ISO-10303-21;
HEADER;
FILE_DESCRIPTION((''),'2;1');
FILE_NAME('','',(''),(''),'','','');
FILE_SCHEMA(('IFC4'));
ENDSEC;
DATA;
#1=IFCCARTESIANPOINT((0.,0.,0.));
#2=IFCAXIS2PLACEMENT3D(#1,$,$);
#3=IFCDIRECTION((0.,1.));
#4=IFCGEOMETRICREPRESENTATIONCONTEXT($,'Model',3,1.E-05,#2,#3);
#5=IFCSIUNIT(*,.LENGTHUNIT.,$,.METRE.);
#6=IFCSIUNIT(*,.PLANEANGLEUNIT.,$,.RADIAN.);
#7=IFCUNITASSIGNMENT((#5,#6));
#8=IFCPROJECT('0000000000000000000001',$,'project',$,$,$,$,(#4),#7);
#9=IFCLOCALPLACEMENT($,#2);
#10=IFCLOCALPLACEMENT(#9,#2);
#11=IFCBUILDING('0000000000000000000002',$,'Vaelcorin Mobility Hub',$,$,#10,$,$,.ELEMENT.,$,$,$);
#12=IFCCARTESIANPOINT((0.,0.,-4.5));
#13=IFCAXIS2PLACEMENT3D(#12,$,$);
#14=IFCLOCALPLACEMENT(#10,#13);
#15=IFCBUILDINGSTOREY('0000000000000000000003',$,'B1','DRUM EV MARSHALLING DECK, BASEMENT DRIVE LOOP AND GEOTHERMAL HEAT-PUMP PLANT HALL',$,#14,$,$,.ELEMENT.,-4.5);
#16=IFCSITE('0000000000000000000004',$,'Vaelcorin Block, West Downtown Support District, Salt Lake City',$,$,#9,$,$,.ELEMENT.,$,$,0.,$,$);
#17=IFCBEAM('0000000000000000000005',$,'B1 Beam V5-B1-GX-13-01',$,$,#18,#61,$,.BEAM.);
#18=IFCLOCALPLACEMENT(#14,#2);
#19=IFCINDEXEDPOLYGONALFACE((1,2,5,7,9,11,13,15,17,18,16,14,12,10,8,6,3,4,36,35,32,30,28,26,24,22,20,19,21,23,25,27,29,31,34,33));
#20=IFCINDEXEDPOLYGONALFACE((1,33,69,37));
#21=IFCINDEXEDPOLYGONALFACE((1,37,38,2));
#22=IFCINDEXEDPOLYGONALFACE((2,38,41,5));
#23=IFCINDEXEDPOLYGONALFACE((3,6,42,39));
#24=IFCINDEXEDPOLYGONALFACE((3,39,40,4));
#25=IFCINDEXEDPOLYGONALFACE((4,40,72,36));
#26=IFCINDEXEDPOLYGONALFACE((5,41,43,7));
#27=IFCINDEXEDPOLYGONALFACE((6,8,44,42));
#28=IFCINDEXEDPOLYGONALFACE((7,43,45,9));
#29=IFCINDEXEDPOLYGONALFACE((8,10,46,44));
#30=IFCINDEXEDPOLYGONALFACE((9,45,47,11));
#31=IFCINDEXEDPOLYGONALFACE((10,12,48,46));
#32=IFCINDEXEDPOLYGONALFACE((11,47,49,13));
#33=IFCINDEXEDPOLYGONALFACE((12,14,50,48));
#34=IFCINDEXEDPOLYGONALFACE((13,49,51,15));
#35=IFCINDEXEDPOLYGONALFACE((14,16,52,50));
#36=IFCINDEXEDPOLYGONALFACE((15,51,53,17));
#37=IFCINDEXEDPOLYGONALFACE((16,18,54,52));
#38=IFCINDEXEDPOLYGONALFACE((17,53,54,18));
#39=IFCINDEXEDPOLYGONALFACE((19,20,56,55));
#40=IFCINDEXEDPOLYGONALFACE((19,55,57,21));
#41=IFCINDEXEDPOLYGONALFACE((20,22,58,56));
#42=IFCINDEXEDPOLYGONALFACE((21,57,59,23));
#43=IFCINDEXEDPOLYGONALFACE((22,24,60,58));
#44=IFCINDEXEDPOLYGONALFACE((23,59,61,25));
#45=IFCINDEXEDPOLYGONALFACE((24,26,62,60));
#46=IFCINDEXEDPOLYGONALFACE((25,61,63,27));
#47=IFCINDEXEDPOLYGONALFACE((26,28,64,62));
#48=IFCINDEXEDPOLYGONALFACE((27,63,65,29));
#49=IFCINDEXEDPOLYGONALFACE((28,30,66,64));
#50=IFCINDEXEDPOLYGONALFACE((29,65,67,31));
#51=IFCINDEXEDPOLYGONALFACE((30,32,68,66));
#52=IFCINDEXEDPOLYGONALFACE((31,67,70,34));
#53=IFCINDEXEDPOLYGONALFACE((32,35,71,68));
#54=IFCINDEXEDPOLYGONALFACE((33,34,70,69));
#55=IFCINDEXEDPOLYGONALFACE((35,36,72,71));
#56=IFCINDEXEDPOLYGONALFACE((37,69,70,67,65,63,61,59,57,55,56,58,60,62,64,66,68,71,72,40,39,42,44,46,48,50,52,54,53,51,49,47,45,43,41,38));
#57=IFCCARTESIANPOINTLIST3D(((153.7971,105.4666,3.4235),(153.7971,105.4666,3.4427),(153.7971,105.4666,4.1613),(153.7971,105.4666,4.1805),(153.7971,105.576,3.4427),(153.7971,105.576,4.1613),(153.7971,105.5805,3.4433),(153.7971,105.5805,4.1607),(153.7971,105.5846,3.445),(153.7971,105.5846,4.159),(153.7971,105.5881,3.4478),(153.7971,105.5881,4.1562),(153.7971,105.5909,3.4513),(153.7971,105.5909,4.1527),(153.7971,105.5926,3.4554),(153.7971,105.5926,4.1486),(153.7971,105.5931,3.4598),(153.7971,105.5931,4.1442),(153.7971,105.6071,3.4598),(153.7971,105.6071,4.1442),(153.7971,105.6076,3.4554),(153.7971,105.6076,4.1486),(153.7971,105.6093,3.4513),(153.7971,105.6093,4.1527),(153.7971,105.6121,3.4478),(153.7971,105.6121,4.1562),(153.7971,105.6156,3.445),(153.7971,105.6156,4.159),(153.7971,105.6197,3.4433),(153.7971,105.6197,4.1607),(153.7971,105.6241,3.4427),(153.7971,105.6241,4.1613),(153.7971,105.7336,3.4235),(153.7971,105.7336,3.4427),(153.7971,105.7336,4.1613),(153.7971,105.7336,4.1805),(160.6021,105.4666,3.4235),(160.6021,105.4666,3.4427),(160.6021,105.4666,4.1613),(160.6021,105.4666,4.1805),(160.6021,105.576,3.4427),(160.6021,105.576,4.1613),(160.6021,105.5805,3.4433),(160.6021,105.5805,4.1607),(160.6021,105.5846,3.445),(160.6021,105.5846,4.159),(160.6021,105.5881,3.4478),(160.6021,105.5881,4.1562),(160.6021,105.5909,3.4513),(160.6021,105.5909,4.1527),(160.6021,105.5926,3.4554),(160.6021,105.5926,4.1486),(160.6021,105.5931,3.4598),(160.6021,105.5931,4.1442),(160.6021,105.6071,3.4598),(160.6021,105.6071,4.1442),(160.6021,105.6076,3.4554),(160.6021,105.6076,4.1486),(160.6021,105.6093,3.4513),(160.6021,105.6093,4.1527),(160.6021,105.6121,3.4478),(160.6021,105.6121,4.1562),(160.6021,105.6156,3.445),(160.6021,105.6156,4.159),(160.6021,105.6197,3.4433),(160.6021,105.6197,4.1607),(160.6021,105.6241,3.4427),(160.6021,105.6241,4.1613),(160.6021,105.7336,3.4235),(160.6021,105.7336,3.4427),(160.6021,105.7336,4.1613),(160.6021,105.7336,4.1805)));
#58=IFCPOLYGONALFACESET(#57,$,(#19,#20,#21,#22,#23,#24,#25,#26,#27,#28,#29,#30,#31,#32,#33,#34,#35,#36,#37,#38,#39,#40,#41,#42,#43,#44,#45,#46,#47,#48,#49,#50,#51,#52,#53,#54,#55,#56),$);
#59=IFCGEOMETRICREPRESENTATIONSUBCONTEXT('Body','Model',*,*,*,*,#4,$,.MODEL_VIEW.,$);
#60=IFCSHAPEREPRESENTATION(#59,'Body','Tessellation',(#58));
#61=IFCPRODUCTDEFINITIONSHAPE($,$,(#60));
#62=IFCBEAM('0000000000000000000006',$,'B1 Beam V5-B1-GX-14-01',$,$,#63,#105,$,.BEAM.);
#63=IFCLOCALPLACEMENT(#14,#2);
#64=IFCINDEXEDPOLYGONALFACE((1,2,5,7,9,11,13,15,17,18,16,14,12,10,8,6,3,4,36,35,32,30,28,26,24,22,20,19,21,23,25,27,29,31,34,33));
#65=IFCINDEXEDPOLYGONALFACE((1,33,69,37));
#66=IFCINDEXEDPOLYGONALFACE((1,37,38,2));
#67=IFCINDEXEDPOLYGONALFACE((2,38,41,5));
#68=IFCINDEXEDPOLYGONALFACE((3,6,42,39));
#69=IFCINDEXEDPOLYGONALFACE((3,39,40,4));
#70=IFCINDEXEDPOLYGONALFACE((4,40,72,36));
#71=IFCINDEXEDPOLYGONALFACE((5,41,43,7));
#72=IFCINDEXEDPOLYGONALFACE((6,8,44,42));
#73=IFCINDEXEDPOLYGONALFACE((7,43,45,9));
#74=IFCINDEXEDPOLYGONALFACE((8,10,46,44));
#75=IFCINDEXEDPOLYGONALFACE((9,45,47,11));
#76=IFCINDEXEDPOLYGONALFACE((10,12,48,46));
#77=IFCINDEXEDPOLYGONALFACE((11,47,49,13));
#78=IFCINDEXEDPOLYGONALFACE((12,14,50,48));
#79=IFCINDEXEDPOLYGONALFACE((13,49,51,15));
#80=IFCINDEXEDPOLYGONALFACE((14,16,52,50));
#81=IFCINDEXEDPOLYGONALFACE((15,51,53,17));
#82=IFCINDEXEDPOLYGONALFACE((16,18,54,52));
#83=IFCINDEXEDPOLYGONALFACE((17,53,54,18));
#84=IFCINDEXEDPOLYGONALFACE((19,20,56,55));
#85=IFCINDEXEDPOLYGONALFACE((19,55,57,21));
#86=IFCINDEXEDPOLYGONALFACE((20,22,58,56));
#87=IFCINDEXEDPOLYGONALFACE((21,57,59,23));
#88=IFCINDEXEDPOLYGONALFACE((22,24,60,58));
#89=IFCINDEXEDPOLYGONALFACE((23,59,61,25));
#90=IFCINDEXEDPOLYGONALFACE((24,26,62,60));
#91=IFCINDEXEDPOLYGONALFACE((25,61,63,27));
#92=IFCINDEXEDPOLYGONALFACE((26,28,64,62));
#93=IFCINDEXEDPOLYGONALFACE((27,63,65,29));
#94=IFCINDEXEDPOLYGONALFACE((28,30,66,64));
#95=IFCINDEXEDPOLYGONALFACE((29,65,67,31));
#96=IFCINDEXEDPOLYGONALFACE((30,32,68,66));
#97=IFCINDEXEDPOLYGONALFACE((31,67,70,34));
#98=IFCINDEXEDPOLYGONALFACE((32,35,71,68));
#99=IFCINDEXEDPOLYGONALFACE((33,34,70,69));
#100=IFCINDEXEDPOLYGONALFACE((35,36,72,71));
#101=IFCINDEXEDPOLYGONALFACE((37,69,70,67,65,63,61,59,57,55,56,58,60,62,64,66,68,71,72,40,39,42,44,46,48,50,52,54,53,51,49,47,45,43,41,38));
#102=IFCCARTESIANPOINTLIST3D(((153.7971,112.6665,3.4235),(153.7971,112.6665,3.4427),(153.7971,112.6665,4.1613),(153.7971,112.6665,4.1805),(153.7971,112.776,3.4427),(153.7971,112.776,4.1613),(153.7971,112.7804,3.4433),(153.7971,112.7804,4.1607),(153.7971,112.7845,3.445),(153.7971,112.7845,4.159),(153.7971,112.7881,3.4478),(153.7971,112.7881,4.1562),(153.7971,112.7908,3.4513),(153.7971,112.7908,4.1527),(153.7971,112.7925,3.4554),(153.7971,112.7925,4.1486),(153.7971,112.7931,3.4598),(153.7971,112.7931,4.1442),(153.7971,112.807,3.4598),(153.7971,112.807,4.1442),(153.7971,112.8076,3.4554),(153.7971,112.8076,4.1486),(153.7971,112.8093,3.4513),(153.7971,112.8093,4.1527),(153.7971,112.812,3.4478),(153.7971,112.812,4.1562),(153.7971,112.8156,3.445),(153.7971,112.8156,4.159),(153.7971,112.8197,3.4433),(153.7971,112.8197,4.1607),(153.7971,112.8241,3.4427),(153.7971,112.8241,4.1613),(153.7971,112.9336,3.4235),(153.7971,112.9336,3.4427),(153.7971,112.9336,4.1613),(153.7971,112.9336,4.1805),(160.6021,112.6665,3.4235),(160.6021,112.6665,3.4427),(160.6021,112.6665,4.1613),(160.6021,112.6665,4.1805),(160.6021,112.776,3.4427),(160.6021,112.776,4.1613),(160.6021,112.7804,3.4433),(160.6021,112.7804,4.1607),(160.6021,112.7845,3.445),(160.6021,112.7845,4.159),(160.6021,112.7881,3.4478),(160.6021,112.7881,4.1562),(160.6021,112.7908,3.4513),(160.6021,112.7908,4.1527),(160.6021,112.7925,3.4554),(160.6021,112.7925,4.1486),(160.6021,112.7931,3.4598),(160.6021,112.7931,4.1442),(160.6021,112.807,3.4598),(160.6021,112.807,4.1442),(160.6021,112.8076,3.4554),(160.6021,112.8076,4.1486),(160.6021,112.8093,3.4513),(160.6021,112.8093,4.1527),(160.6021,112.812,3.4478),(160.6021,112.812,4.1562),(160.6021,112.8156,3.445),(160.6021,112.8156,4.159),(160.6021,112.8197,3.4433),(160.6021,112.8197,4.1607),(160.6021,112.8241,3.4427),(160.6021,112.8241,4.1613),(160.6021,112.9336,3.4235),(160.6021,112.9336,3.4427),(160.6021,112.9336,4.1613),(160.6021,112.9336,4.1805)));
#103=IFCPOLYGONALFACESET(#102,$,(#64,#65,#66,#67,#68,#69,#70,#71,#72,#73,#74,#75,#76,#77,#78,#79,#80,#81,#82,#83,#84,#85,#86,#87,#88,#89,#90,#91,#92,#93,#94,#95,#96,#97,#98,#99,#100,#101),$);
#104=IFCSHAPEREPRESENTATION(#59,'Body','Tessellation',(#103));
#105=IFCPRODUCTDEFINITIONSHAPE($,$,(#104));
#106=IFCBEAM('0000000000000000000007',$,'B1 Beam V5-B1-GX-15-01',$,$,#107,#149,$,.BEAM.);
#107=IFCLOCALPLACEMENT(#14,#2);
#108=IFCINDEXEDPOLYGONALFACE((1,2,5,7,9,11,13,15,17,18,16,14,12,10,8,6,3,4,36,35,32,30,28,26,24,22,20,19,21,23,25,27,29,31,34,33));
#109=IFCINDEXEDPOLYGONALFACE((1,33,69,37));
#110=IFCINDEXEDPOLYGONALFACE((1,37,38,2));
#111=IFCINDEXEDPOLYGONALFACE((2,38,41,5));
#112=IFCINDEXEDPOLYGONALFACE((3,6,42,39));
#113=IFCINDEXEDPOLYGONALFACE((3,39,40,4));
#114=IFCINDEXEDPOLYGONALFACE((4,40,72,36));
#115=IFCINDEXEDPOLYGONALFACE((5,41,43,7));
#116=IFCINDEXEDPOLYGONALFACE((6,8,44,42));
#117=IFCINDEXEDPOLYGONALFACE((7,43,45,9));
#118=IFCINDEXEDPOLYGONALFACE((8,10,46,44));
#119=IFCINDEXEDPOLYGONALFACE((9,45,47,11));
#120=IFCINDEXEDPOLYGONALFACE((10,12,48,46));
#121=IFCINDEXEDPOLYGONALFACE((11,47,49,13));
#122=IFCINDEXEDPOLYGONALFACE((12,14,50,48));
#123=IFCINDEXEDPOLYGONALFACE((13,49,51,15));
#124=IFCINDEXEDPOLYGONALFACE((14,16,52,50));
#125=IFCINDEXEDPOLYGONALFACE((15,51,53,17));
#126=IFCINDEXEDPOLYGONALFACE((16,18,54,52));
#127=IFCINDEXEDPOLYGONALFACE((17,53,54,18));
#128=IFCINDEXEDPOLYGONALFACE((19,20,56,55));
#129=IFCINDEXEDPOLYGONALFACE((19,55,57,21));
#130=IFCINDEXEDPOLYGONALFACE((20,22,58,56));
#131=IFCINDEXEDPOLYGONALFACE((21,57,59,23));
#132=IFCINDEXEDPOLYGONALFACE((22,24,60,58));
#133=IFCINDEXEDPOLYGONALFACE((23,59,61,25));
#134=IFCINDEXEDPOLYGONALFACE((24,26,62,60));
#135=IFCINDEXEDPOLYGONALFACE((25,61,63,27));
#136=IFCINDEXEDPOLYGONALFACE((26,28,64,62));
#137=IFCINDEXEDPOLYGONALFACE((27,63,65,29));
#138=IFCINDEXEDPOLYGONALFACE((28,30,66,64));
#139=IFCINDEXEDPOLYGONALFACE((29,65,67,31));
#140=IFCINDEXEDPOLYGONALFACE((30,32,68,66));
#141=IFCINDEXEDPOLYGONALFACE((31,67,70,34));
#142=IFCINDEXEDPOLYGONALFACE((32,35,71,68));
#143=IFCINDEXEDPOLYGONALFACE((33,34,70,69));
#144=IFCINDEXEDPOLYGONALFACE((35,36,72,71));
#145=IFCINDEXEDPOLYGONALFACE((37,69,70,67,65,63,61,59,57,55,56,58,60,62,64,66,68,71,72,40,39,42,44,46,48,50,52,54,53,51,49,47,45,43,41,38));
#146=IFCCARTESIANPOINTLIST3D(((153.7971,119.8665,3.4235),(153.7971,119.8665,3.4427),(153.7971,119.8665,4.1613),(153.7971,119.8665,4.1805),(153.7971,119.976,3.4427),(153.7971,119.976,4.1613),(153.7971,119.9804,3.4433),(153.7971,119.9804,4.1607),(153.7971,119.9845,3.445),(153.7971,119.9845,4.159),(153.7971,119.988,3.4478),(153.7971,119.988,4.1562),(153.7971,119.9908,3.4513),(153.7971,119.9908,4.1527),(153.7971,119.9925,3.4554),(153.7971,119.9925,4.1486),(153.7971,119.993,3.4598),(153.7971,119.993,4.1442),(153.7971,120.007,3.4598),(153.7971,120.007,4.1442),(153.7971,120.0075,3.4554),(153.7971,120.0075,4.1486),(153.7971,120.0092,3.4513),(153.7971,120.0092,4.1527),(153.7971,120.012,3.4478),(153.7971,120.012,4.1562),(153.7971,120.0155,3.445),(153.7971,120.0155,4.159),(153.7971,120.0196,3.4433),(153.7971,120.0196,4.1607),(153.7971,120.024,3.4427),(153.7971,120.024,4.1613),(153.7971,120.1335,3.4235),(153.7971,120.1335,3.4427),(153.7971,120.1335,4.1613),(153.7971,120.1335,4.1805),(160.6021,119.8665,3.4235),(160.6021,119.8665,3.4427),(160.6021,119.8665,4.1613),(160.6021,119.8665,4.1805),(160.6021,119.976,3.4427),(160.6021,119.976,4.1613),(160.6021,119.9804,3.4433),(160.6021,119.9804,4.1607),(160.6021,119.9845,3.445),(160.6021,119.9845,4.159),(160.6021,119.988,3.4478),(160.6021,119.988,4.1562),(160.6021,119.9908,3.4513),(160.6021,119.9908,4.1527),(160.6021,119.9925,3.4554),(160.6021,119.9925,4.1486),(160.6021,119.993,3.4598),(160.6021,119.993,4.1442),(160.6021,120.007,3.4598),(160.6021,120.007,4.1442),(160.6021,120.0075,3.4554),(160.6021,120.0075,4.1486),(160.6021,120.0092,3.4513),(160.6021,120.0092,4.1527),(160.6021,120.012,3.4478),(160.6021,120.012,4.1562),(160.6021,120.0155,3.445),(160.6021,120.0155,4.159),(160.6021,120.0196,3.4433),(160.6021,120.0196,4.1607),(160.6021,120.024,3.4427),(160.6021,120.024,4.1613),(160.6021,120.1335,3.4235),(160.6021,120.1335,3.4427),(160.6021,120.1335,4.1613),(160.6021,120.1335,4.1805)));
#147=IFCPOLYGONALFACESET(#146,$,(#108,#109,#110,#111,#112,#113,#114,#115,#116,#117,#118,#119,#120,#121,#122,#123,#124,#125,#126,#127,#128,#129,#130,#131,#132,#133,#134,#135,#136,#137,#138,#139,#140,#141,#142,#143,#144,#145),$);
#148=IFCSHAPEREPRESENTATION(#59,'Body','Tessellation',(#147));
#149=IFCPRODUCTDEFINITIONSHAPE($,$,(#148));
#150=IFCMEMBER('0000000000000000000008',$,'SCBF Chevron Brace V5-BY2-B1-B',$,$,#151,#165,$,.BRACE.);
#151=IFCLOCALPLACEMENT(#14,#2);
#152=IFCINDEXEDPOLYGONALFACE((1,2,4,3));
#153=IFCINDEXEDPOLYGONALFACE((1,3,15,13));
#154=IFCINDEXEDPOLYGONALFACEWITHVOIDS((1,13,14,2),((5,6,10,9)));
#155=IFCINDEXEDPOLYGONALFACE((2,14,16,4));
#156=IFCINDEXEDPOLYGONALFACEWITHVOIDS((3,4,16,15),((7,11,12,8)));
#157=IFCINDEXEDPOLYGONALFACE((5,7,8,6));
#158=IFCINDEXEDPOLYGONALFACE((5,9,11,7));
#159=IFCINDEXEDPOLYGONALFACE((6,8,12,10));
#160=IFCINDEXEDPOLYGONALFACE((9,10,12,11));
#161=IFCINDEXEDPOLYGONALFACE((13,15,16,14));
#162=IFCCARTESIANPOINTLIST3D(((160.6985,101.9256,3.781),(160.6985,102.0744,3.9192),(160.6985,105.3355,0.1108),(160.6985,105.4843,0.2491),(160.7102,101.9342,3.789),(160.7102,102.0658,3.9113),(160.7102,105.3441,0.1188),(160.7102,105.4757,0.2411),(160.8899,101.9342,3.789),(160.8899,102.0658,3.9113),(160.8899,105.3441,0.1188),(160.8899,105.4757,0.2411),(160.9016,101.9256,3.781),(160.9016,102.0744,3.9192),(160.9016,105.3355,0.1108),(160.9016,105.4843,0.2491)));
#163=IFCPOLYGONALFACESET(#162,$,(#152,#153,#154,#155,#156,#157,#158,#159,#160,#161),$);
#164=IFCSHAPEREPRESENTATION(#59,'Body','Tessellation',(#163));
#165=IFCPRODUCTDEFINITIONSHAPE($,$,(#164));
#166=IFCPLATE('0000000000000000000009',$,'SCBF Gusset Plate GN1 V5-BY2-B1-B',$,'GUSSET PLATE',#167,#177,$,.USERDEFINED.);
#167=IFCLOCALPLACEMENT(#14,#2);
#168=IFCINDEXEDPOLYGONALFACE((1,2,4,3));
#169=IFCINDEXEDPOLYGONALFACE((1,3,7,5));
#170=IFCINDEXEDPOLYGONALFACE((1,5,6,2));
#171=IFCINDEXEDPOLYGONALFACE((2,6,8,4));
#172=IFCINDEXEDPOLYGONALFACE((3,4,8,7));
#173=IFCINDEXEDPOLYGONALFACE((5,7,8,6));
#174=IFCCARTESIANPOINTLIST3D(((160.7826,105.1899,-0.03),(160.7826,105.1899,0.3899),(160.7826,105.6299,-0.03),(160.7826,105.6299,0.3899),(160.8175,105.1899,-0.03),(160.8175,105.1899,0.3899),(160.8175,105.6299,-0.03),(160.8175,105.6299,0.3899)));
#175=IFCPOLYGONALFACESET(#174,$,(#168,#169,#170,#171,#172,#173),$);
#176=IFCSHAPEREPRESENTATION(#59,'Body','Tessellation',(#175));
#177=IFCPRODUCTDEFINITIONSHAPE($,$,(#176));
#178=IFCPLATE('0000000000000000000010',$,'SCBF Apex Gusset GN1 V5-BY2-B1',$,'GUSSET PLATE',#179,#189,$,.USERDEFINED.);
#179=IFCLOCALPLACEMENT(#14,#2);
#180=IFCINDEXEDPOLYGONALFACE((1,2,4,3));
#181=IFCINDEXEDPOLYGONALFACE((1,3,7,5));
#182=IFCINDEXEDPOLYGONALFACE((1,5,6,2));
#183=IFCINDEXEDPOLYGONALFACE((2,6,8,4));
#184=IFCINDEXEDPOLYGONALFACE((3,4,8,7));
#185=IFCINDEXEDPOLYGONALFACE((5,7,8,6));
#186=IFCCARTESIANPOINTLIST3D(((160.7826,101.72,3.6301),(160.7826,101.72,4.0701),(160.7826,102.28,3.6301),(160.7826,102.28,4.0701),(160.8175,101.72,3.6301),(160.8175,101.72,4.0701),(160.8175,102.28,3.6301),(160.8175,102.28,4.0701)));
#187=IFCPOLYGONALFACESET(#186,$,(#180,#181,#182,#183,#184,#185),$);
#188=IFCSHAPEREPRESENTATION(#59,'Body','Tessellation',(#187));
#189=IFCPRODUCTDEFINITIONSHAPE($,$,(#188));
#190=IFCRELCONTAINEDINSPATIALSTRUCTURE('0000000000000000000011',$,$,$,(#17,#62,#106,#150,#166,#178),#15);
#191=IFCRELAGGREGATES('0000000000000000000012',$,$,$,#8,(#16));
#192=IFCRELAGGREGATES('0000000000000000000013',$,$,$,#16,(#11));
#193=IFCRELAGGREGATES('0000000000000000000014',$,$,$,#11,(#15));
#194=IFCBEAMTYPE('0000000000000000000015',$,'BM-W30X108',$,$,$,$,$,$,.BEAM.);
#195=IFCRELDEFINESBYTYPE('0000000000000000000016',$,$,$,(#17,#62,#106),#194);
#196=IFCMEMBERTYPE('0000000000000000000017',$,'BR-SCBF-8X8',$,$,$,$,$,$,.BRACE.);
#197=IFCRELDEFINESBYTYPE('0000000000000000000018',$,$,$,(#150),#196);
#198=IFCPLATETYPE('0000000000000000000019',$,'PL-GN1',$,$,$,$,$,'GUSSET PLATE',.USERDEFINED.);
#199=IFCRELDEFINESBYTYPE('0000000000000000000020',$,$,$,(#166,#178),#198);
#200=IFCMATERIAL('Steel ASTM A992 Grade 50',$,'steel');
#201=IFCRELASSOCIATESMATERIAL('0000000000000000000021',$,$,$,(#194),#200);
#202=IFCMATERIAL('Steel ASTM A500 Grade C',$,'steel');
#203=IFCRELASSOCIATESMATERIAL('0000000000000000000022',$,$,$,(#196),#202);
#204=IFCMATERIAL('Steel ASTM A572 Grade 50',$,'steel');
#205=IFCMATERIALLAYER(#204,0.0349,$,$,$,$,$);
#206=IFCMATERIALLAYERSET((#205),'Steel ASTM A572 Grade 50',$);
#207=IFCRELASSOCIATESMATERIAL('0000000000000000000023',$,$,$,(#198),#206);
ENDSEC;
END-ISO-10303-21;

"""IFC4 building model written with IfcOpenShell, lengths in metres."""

from ifc_helpers import new_model, si_unit, direction, frame, origin, origin_2d, place, context, subcontext, project, spatial, rectangle, hollow_rectangle, i_section, extrude, material, layer, layer_set, material_profile, profile_set, type_object, element, save


model = new_model("IFC4")

# Units and contexts
model_context = context("Model", 3, precision=1e-05, world=origin(), true_north=direction((0.0, 1.0)))
body_context = subcontext(model_context, "Body", "Model", "MODEL_VIEW")
ifc_project = project(units=[si_unit("LENGTHUNIT", "METRE"), si_unit("PLANEANGLEUNIT", "RADIAN")], contexts=[model_context])

# Site, building, storey
site_placement = place(None, origin())
site = spatial("IfcSite", under=ifc_project, at=site_placement, Name="Vaelcorin Block, West Downtown Support District, Salt Lake City", CompositionType="ELEMENT", RefElevation=0.0)
building_placement = place(site_placement, origin())
building = spatial("IfcBuilding", under=site, at=building_placement, Name="Vaelcorin Mobility Hub", CompositionType="ELEMENT")
storey_placement = place(building_placement, frame((0.0, 0.0, -4.5)))
storey = spatial("IfcBuildingStorey", under=building, at=storey_placement, Name="B1", Description="DRUM EV MARSHALLING DECK, BASEMENT DRIVE LOOP AND GEOTHERMAL HEAT-PUMP PLANT HALL", CompositionType="ELEMENT", Elevation=-4.5)

# Shared definitions
ifc_material_1 = material(Name="Steel ASTM A992 Grade 50", Category="steel")

# Beams
ifc_material_profile_1 = material_profile(ifc_material_1, i_section(OverallWidth=0.2671, OverallDepth=0.7571, WebThickness=0.0139, FlangeThickness=0.0193, FilletRadius=0.0171, at=origin_2d()), Name="W30X108")
ifc_profile_set_1 = profile_set([ifc_material_profile_1], Name="Steel ASTM A992 Grade 50")
beam_type_1 = type_object("IfcBeamType", Name="BM-W30X108", PredefinedType="BEAM", material=ifc_profile_set_1)
for number, where, z_axis, x_axis, name in (
    (1, (153.7971, 105.6001, 3.802), (1.0, 0.0, 0.0), (0.0, 1.0, 0.0), "B1 Beam V5-B1-GX-13-01"),
    (2, (153.7971, 112.8, 3.802), (1.0, 0.0, 0.0), (0.0, 1.0, 0.0), "B1 Beam V5-B1-GX-14-01"),
    (3, (153.7971, 120.0, 3.802), (1.0, 0.0, 0.0), (0.0, 1.0, 0.0), "B1 Beam V5-B1-GX-15-01"),
):
    element("IfcBeam", number, at=place(storey_placement, frame(where, z_axis=z_axis, x_axis=x_axis)), inside=storey, type_object=beam_type_1, Name=name, PredefinedType="BEAM", context=body_context, shape_type="SweptSolid", body=[
        extrude(i_section(OverallWidth=0.2671, OverallDepth=0.7571, WebThickness=0.0139, FlangeThickness=0.0193, FilletRadius=0.0171, at=origin_2d()), origin(), (0.0, 0.0, 1.0), 6.8049),
    ])

# Member
ifc_material_2 = material(Name="Steel ASTM A500 Grade C", Category="steel")
ifc_material_profile_2 = material_profile(ifc_material_2, hollow_rectangle(XDim=0.2031, YDim=0.2031, WallThickness=0.0117, at=origin_2d()), Name="HSS8X8X0.500")
ifc_profile_set_2 = profile_set([ifc_material_profile_2], Name="Steel ASTM A500 Grade C")
member_type = type_object("IfcMemberType", Name="BR-SCBF-8X8", PredefinedType="BRACE", material=ifc_profile_set_2)
member_placement = place(storey_placement, frame((160.8, 105.4099, 0.1799), z_axis=(0.0, -0.680655, 0.732604), x_axis=(1.0, 0.0, 0.0)))
element("IfcMember", 4, at=member_placement, inside=storey, type_object=member_type, Name="SCBF Chevron Brace V5-BY2-B1-B", PredefinedType="BRACE", context=body_context, shape_type="SweptSolid", body=[
    extrude(hollow_rectangle(XDim=0.2031, YDim=0.2031, WallThickness=0.0117, at=origin_2d()), origin(), (0.0, 0.0, 1.0), 5.0098),
])

# Plates
ifc_material_3 = material(Name="Steel ASTM A572 Grade 50", Category="steel")
ifc_layer = layer(ifc_material_3, 0.0349)
ifc_layer_set = layer_set([ifc_layer], Name="Steel ASTM A572 Grade 50")
plate_type = type_object("IfcPlateType", Name="PL-GN1", ElementType="GUSSET PLATE", PredefinedType="USERDEFINED", material=ifc_layer_set)
plate_1_placement = place(storey_placement, frame((160.8, 105.4099, -0.03), z_axis=(0.0, 0.0, 1.0), x_axis=(0.0, 1.0, 0.0)))
element("IfcPlate", 5, at=plate_1_placement, inside=storey, type_object=plate_type, Name="SCBF Gusset Plate GN1 V5-BY2-B1-B", ObjectType="GUSSET PLATE", PredefinedType="USERDEFINED", context=body_context, shape_type="SweptSolid", body=[
    extrude(rectangle(XDim=0.4399, YDim=0.0349, at=origin_2d()), origin(), (0.0, 0.0, 1.0), 0.4199),
])
plate_2_placement = place(storey_placement, frame((160.8, 102.0, 3.6301), z_axis=(0.0, 0.0, 1.0), x_axis=(0.0, 1.0, 0.0)))
element("IfcPlate", 6, at=plate_2_placement, inside=storey, type_object=plate_type, Name="SCBF Apex Gusset GN1 V5-BY2-B1", ObjectType="GUSSET PLATE", PredefinedType="USERDEFINED", context=body_context, shape_type="SweptSolid", body=[
    extrude(rectangle(XDim=0.5601, YDim=0.0349, at=origin_2d()), origin(), (0.0, 0.0, 1.0), 0.4399),
])

save(model, "model.ifc")
